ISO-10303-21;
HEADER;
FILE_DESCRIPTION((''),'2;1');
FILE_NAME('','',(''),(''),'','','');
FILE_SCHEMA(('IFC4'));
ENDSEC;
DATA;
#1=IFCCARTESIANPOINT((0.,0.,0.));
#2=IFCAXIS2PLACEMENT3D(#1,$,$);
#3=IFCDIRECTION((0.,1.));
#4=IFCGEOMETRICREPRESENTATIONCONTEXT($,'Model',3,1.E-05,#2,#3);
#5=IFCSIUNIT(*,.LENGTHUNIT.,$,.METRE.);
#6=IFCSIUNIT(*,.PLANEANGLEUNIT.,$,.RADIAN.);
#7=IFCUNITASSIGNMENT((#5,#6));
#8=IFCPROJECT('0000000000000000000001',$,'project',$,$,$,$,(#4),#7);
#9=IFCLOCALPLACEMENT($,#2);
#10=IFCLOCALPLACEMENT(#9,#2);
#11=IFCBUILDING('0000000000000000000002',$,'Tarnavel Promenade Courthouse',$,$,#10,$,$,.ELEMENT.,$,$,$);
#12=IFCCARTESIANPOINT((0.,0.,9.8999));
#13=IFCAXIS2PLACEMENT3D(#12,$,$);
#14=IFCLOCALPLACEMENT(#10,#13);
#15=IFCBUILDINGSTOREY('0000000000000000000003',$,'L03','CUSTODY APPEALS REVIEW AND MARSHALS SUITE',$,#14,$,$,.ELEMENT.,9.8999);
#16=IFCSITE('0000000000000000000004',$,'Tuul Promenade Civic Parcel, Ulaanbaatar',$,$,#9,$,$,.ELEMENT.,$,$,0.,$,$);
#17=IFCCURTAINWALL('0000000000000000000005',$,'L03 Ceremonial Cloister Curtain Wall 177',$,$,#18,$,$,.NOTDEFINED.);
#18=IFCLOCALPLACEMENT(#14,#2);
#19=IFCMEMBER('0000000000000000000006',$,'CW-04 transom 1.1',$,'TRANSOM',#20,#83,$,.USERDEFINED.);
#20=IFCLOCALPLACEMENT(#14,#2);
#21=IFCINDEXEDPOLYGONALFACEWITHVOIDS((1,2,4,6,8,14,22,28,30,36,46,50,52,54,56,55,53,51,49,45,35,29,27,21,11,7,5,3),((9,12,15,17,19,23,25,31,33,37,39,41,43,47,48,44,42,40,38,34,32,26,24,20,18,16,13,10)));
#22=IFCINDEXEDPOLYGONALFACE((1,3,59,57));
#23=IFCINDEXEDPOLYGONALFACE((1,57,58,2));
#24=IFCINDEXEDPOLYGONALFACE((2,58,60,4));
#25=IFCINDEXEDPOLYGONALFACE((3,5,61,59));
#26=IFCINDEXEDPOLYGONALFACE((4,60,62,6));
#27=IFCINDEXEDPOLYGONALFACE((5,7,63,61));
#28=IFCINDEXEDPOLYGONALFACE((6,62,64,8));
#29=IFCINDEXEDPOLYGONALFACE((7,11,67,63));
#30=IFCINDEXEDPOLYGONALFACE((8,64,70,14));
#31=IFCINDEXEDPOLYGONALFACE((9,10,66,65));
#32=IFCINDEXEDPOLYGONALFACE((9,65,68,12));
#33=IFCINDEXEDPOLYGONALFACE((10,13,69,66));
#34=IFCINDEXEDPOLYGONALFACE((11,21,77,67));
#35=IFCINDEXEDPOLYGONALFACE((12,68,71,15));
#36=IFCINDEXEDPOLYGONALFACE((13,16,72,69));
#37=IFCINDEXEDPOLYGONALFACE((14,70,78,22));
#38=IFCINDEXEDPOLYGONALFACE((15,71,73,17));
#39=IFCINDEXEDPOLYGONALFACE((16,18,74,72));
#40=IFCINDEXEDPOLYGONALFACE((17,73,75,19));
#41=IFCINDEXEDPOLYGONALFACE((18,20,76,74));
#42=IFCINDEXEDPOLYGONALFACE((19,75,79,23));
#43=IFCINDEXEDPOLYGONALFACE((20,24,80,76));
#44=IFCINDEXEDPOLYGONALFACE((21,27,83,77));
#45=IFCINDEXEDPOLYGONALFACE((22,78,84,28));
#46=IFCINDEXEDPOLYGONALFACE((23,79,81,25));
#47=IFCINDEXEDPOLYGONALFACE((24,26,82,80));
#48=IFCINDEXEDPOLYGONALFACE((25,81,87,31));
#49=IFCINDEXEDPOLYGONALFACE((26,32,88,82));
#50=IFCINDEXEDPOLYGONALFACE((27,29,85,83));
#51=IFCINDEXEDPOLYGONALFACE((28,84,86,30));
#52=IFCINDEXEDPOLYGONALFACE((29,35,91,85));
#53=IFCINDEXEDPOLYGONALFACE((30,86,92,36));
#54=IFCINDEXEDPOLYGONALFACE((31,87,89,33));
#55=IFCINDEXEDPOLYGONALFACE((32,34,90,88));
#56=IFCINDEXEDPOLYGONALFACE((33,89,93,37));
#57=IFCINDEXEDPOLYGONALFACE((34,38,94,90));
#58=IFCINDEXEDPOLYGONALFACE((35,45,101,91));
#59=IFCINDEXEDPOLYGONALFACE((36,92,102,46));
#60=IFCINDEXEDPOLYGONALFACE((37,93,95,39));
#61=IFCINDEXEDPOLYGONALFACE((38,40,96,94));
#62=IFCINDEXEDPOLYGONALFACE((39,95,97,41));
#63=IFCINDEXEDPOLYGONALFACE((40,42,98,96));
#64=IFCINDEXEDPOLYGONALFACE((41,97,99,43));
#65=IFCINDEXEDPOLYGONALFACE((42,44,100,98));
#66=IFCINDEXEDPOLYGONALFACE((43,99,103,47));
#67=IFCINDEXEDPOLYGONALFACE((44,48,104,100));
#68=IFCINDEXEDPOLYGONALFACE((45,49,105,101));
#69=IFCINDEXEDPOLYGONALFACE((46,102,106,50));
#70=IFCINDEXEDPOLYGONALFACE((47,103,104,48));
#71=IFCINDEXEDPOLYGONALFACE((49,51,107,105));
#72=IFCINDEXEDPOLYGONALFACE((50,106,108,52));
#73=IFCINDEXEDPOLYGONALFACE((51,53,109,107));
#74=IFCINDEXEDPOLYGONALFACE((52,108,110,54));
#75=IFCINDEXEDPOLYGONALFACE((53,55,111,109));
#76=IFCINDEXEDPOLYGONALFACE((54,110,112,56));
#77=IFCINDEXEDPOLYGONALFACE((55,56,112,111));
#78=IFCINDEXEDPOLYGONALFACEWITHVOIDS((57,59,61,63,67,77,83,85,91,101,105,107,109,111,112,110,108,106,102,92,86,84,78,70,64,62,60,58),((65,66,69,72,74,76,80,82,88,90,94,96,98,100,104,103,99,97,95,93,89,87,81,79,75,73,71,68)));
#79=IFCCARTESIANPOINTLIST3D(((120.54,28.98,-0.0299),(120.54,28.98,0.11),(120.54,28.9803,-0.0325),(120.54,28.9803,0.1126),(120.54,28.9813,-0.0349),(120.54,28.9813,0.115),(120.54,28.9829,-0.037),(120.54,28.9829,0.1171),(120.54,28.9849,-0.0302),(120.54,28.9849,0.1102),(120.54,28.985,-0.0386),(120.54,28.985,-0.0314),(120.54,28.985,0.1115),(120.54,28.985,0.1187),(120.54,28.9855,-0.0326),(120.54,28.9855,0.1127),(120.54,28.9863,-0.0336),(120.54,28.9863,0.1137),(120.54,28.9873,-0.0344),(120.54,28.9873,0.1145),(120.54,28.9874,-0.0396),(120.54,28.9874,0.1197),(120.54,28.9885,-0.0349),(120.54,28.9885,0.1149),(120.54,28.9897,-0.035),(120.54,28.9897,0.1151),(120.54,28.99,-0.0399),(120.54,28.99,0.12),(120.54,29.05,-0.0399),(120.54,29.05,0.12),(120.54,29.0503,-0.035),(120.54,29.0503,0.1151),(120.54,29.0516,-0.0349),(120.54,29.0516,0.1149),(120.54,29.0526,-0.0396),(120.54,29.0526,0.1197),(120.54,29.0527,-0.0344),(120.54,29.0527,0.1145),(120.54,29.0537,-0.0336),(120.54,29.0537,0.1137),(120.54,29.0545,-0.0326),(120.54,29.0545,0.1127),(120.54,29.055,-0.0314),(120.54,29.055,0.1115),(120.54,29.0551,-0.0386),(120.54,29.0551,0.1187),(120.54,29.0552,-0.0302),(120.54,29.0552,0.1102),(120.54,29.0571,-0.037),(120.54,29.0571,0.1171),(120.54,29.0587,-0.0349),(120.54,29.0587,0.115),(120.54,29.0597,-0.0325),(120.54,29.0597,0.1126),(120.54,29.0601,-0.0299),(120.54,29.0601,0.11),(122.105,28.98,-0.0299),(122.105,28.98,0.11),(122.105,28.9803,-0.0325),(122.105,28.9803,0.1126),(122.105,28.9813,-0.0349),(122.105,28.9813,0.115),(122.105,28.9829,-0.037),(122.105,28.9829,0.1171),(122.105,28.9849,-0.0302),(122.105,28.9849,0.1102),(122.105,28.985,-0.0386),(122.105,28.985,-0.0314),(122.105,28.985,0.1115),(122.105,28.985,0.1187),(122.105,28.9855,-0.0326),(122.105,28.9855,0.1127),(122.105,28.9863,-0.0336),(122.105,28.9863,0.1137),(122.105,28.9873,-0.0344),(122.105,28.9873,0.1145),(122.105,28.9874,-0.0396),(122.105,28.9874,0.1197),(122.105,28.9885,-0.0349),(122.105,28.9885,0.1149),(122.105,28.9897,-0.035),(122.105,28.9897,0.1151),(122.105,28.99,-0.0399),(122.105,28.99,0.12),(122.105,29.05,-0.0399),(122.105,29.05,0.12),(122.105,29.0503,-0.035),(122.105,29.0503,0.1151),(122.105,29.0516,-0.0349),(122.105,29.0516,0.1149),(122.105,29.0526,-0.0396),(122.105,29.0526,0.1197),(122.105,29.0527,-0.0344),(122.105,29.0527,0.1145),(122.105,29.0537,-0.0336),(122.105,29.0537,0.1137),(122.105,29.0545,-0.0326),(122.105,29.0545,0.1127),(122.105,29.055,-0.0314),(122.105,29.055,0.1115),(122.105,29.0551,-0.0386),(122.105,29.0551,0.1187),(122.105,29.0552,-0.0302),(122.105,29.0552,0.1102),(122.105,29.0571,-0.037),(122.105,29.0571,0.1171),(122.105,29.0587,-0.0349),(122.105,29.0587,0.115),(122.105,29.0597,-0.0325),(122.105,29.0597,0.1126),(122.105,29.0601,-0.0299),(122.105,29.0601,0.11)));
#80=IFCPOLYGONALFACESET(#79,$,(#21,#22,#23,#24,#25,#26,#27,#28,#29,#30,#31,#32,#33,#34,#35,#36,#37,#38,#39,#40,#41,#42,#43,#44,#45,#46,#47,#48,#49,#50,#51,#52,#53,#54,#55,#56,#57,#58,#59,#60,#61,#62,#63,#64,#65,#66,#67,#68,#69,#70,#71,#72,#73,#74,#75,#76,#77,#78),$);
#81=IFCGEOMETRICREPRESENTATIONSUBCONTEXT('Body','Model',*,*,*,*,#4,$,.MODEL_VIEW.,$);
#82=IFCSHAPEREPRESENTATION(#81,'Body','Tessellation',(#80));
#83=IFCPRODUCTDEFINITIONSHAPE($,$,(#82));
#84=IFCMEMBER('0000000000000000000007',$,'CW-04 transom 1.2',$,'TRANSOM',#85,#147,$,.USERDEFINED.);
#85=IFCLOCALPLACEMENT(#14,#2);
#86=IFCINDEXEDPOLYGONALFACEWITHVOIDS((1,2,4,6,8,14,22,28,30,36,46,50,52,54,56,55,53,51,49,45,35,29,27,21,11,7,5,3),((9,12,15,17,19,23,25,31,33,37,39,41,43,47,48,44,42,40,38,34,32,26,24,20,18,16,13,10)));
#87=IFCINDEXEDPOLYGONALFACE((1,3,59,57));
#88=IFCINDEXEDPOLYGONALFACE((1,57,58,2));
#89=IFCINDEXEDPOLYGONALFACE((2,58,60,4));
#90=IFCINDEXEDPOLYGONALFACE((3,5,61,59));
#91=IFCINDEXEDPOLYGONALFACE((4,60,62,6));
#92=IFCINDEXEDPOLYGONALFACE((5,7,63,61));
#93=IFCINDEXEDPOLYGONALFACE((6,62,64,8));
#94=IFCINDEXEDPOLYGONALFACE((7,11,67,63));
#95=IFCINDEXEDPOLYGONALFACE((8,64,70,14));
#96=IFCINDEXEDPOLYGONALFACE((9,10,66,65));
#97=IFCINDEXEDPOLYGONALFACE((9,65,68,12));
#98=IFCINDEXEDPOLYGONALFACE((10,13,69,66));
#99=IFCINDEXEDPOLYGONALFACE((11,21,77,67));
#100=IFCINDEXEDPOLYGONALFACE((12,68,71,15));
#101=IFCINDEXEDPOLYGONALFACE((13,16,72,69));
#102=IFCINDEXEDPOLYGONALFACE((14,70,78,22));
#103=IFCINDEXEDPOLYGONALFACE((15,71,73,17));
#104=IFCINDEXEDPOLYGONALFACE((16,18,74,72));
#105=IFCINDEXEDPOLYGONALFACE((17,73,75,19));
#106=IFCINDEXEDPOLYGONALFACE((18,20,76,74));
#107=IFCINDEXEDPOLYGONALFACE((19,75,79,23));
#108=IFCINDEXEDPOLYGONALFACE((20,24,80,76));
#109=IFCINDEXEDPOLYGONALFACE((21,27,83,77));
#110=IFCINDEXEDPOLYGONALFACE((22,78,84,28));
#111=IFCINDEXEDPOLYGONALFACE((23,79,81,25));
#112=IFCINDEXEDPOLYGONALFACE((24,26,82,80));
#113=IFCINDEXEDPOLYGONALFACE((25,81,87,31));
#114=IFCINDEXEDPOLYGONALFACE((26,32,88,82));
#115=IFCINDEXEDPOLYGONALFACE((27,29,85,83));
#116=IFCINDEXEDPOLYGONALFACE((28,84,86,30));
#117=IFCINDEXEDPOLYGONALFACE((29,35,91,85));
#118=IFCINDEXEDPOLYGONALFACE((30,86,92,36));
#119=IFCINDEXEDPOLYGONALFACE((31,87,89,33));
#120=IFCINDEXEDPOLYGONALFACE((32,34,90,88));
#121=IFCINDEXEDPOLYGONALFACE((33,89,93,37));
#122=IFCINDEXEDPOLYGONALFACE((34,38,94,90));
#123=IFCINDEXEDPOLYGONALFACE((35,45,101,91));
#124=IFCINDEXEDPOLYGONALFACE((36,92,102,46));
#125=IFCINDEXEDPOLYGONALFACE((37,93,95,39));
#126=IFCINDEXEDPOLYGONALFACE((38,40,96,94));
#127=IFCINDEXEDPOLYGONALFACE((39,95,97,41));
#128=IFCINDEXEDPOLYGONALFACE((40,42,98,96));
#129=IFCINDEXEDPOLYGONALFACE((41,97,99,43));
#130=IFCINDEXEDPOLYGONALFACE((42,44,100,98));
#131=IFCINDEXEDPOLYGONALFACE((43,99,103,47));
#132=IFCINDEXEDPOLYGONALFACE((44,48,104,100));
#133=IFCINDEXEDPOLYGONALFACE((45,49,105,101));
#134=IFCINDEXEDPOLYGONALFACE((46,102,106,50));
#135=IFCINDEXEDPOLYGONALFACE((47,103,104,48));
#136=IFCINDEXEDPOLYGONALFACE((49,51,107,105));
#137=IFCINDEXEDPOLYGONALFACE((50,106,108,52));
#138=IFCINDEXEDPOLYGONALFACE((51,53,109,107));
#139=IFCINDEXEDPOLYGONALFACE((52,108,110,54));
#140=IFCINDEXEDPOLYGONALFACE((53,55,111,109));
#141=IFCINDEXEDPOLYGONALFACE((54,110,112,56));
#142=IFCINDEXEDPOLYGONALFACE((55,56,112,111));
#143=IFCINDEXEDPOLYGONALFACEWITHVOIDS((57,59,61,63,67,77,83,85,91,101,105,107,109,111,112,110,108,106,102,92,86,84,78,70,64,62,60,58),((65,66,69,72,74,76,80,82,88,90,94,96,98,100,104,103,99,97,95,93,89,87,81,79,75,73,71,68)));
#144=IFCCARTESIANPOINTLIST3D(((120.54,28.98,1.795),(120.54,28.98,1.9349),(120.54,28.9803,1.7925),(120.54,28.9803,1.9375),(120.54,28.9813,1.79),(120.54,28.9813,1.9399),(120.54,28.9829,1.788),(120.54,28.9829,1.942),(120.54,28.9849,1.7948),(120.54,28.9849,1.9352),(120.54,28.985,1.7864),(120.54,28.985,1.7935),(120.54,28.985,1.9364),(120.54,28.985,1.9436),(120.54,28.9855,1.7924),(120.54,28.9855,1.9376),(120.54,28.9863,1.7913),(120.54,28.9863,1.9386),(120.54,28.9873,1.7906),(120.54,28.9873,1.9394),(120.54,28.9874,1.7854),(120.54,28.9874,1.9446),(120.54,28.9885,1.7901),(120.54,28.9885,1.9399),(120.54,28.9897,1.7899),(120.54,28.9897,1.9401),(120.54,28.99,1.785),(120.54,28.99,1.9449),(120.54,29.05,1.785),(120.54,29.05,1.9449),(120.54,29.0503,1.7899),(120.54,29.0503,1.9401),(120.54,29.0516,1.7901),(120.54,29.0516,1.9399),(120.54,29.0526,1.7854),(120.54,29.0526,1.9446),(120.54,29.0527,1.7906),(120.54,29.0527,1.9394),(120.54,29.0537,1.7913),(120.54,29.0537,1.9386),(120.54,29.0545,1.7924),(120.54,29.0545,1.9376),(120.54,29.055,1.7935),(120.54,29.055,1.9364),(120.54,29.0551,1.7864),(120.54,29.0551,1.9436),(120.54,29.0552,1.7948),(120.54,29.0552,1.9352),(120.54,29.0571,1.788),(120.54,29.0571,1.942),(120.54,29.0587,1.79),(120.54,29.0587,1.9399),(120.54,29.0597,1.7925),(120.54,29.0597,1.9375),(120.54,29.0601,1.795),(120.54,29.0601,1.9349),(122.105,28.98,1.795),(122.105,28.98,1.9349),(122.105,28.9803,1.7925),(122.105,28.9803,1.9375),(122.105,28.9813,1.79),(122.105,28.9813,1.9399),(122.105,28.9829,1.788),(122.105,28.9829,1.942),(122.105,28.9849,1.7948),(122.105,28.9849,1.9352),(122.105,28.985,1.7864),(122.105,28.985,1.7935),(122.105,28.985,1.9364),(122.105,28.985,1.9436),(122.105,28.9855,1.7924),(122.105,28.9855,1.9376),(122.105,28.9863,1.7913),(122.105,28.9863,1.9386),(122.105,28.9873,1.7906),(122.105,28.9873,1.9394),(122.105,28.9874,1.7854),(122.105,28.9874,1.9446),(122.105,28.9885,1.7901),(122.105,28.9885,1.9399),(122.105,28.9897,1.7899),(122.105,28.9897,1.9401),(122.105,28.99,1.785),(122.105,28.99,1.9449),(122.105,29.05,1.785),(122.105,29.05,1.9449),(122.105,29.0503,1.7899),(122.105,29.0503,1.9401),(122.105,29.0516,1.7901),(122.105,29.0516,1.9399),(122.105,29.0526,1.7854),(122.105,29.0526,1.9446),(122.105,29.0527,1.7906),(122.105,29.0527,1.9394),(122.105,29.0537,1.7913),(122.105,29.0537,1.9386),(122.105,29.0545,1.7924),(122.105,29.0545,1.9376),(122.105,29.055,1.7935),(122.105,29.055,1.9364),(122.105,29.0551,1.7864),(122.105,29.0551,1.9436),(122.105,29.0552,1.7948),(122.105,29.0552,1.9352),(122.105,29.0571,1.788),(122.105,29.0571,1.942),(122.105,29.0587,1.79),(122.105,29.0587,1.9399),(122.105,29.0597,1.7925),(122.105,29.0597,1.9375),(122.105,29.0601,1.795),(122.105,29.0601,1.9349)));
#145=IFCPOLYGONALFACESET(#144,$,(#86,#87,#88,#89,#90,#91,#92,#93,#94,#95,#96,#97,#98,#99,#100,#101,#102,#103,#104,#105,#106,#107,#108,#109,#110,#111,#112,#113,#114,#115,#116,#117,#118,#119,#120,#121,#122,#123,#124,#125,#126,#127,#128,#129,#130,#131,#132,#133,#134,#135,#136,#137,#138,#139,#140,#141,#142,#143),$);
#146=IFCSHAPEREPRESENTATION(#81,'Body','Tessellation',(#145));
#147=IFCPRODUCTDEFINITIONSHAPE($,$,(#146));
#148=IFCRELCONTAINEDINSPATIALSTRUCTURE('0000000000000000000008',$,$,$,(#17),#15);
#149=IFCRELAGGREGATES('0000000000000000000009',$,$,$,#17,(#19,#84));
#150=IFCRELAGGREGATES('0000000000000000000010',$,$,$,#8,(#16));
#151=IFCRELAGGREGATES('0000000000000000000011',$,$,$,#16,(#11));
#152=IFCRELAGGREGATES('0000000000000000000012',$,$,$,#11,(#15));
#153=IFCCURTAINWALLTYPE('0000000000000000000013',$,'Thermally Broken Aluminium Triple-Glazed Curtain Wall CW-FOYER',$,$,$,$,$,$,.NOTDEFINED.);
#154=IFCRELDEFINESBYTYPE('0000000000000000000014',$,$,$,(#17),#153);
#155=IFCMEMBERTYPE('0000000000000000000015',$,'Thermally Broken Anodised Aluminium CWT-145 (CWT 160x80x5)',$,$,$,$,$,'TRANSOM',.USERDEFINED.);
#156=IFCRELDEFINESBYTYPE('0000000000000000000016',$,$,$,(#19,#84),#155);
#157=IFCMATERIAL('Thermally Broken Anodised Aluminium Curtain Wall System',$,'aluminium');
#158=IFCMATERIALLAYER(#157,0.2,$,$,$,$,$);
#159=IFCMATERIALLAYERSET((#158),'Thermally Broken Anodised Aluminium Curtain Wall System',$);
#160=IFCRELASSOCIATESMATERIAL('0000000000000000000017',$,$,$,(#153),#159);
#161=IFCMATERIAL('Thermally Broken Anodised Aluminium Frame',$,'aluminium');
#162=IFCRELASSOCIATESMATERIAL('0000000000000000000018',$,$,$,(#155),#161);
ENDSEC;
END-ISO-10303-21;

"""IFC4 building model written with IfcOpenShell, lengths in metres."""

from ifc_helpers import new_model, si_unit, direction, frame, origin, origin_2d, place, context, subcontext, project, spatial, hollow_rectangle, extrude, material, layer, layer_set, material_profile, profile_set, type_object, element, aggregate, save


model = new_model("IFC4")

# Units and contexts
model_context = context("Model", 3, precision=1e-05, world=origin(), true_north=direction((0.0, 1.0)))
body_context = subcontext(model_context, "Body", "Model", "MODEL_VIEW")
ifc_project = project(units=[si_unit("LENGTHUNIT", "METRE"), si_unit("PLANEANGLEUNIT", "RADIAN")], contexts=[model_context])

# Site, building, storey
site_placement = place(None, origin())
site = spatial("IfcSite", under=ifc_project, at=site_placement, Name="Tuul Promenade Civic Parcel, Ulaanbaatar", CompositionType="ELEMENT", RefElevation=0.0)
building_placement = place(site_placement, origin())
building = spatial("IfcBuilding", under=site, at=building_placement, Name="Tarnavel Promenade Courthouse", CompositionType="ELEMENT")
storey_placement = place(building_placement, frame((0.0, 0.0, 9.8999)))
storey = spatial("IfcBuildingStorey", under=building, at=storey_placement, Name="L03", Description="CUSTODY APPEALS REVIEW AND MARSHALS SUITE", CompositionType="ELEMENT", Elevation=9.8999)

# Curtain wall, members
ifc_material_1 = material(Name="Thermally Broken Anodised Aluminium Curtain Wall System", Category="aluminium")
ifc_layer_1 = layer(ifc_material_1, 0.2)
ifc_layer_set_1 = layer_set([ifc_layer_1], Name="Thermally Broken Anodised Aluminium Curtain Wall System")
curtain_wall_type = type_object("IfcCurtainWallType", Name="Thermally Broken Aluminium Triple-Glazed Curtain Wall CW-FOYER", PredefinedType="NOTDEFINED", material=ifc_layer_set_1)
curtain_wall_placement = place(storey_placement, origin())
curtain_wall = element("IfcCurtainWall", 1, at=curtain_wall_placement, inside=storey, type_object=curtain_wall_type, Name="L03 Ceremonial Cloister Curtain Wall 177", PredefinedType="NOTDEFINED")
ifc_material_2 = material(Name="Thermally Broken Anodised Aluminium Frame", Category="aluminium")
ifc_material_profile_1 = material_profile(ifc_material_2, hollow_rectangle(XDim=0.0801, YDim=0.1599, WallThickness=0.0049, InnerFilletRadius=0.0049, OuterFilletRadius=0.01, at=origin_2d()), Name="CWT 160x80x5")
ifc_profile_set_1 = profile_set([ifc_material_profile_1], Name="Thermally Broken Anodised Aluminium Frame")
member_type_1 = type_object("IfcMemberType", Name="Thermally Broken Anodised Aluminium CWT-145 (CWT 160x80x5)", ElementType="TRANSOM", PredefinedType="USERDEFINED", material=ifc_profile_set_1)
member_1_placement = place(storey_placement, frame((120.54, 29.02, 0.04), z_axis=(1.0, 0.0, 0.0), x_axis=(0.0, 1.0, 0.0)))
member_1 = element("IfcMember", 2, at=member_1_placement, type_object=member_type_1, Name="CW-04 transom 1.1", ObjectType="TRANSOM", PredefinedType="USERDEFINED", context=body_context, shape_type="SweptSolid", body=[
    extrude(hollow_rectangle(XDim=0.0801, YDim=0.1599, WallThickness=0.0049, InnerFilletRadius=0.0049, OuterFilletRadius=0.01, at=origin_2d()), origin(), (0.0, 0.0, 1.0), 1.5649),
])
member_2_placement = place(storey_placement, frame((120.54, 29.02, 1.865), z_axis=(1.0, 0.0, 0.0), x_axis=(0.0, 1.0, 0.0)))
member_2 = element("IfcMember", 3, at=member_2_placement, type_object=member_type_1, Name="CW-04 transom 1.2", ObjectType="TRANSOM", PredefinedType="USERDEFINED", context=body_context, shape_type="SweptSolid", body=[
    extrude(hollow_rectangle(XDim=0.0801, YDim=0.1599, WallThickness=0.0049, InnerFilletRadius=0.0049, OuterFilletRadius=0.01, at=origin_2d()), origin(), (0.0, 0.0, 1.0), 1.5649),
])
aggregate(curtain_wall, [member_1, member_2])

save(model, "model.ifc")
